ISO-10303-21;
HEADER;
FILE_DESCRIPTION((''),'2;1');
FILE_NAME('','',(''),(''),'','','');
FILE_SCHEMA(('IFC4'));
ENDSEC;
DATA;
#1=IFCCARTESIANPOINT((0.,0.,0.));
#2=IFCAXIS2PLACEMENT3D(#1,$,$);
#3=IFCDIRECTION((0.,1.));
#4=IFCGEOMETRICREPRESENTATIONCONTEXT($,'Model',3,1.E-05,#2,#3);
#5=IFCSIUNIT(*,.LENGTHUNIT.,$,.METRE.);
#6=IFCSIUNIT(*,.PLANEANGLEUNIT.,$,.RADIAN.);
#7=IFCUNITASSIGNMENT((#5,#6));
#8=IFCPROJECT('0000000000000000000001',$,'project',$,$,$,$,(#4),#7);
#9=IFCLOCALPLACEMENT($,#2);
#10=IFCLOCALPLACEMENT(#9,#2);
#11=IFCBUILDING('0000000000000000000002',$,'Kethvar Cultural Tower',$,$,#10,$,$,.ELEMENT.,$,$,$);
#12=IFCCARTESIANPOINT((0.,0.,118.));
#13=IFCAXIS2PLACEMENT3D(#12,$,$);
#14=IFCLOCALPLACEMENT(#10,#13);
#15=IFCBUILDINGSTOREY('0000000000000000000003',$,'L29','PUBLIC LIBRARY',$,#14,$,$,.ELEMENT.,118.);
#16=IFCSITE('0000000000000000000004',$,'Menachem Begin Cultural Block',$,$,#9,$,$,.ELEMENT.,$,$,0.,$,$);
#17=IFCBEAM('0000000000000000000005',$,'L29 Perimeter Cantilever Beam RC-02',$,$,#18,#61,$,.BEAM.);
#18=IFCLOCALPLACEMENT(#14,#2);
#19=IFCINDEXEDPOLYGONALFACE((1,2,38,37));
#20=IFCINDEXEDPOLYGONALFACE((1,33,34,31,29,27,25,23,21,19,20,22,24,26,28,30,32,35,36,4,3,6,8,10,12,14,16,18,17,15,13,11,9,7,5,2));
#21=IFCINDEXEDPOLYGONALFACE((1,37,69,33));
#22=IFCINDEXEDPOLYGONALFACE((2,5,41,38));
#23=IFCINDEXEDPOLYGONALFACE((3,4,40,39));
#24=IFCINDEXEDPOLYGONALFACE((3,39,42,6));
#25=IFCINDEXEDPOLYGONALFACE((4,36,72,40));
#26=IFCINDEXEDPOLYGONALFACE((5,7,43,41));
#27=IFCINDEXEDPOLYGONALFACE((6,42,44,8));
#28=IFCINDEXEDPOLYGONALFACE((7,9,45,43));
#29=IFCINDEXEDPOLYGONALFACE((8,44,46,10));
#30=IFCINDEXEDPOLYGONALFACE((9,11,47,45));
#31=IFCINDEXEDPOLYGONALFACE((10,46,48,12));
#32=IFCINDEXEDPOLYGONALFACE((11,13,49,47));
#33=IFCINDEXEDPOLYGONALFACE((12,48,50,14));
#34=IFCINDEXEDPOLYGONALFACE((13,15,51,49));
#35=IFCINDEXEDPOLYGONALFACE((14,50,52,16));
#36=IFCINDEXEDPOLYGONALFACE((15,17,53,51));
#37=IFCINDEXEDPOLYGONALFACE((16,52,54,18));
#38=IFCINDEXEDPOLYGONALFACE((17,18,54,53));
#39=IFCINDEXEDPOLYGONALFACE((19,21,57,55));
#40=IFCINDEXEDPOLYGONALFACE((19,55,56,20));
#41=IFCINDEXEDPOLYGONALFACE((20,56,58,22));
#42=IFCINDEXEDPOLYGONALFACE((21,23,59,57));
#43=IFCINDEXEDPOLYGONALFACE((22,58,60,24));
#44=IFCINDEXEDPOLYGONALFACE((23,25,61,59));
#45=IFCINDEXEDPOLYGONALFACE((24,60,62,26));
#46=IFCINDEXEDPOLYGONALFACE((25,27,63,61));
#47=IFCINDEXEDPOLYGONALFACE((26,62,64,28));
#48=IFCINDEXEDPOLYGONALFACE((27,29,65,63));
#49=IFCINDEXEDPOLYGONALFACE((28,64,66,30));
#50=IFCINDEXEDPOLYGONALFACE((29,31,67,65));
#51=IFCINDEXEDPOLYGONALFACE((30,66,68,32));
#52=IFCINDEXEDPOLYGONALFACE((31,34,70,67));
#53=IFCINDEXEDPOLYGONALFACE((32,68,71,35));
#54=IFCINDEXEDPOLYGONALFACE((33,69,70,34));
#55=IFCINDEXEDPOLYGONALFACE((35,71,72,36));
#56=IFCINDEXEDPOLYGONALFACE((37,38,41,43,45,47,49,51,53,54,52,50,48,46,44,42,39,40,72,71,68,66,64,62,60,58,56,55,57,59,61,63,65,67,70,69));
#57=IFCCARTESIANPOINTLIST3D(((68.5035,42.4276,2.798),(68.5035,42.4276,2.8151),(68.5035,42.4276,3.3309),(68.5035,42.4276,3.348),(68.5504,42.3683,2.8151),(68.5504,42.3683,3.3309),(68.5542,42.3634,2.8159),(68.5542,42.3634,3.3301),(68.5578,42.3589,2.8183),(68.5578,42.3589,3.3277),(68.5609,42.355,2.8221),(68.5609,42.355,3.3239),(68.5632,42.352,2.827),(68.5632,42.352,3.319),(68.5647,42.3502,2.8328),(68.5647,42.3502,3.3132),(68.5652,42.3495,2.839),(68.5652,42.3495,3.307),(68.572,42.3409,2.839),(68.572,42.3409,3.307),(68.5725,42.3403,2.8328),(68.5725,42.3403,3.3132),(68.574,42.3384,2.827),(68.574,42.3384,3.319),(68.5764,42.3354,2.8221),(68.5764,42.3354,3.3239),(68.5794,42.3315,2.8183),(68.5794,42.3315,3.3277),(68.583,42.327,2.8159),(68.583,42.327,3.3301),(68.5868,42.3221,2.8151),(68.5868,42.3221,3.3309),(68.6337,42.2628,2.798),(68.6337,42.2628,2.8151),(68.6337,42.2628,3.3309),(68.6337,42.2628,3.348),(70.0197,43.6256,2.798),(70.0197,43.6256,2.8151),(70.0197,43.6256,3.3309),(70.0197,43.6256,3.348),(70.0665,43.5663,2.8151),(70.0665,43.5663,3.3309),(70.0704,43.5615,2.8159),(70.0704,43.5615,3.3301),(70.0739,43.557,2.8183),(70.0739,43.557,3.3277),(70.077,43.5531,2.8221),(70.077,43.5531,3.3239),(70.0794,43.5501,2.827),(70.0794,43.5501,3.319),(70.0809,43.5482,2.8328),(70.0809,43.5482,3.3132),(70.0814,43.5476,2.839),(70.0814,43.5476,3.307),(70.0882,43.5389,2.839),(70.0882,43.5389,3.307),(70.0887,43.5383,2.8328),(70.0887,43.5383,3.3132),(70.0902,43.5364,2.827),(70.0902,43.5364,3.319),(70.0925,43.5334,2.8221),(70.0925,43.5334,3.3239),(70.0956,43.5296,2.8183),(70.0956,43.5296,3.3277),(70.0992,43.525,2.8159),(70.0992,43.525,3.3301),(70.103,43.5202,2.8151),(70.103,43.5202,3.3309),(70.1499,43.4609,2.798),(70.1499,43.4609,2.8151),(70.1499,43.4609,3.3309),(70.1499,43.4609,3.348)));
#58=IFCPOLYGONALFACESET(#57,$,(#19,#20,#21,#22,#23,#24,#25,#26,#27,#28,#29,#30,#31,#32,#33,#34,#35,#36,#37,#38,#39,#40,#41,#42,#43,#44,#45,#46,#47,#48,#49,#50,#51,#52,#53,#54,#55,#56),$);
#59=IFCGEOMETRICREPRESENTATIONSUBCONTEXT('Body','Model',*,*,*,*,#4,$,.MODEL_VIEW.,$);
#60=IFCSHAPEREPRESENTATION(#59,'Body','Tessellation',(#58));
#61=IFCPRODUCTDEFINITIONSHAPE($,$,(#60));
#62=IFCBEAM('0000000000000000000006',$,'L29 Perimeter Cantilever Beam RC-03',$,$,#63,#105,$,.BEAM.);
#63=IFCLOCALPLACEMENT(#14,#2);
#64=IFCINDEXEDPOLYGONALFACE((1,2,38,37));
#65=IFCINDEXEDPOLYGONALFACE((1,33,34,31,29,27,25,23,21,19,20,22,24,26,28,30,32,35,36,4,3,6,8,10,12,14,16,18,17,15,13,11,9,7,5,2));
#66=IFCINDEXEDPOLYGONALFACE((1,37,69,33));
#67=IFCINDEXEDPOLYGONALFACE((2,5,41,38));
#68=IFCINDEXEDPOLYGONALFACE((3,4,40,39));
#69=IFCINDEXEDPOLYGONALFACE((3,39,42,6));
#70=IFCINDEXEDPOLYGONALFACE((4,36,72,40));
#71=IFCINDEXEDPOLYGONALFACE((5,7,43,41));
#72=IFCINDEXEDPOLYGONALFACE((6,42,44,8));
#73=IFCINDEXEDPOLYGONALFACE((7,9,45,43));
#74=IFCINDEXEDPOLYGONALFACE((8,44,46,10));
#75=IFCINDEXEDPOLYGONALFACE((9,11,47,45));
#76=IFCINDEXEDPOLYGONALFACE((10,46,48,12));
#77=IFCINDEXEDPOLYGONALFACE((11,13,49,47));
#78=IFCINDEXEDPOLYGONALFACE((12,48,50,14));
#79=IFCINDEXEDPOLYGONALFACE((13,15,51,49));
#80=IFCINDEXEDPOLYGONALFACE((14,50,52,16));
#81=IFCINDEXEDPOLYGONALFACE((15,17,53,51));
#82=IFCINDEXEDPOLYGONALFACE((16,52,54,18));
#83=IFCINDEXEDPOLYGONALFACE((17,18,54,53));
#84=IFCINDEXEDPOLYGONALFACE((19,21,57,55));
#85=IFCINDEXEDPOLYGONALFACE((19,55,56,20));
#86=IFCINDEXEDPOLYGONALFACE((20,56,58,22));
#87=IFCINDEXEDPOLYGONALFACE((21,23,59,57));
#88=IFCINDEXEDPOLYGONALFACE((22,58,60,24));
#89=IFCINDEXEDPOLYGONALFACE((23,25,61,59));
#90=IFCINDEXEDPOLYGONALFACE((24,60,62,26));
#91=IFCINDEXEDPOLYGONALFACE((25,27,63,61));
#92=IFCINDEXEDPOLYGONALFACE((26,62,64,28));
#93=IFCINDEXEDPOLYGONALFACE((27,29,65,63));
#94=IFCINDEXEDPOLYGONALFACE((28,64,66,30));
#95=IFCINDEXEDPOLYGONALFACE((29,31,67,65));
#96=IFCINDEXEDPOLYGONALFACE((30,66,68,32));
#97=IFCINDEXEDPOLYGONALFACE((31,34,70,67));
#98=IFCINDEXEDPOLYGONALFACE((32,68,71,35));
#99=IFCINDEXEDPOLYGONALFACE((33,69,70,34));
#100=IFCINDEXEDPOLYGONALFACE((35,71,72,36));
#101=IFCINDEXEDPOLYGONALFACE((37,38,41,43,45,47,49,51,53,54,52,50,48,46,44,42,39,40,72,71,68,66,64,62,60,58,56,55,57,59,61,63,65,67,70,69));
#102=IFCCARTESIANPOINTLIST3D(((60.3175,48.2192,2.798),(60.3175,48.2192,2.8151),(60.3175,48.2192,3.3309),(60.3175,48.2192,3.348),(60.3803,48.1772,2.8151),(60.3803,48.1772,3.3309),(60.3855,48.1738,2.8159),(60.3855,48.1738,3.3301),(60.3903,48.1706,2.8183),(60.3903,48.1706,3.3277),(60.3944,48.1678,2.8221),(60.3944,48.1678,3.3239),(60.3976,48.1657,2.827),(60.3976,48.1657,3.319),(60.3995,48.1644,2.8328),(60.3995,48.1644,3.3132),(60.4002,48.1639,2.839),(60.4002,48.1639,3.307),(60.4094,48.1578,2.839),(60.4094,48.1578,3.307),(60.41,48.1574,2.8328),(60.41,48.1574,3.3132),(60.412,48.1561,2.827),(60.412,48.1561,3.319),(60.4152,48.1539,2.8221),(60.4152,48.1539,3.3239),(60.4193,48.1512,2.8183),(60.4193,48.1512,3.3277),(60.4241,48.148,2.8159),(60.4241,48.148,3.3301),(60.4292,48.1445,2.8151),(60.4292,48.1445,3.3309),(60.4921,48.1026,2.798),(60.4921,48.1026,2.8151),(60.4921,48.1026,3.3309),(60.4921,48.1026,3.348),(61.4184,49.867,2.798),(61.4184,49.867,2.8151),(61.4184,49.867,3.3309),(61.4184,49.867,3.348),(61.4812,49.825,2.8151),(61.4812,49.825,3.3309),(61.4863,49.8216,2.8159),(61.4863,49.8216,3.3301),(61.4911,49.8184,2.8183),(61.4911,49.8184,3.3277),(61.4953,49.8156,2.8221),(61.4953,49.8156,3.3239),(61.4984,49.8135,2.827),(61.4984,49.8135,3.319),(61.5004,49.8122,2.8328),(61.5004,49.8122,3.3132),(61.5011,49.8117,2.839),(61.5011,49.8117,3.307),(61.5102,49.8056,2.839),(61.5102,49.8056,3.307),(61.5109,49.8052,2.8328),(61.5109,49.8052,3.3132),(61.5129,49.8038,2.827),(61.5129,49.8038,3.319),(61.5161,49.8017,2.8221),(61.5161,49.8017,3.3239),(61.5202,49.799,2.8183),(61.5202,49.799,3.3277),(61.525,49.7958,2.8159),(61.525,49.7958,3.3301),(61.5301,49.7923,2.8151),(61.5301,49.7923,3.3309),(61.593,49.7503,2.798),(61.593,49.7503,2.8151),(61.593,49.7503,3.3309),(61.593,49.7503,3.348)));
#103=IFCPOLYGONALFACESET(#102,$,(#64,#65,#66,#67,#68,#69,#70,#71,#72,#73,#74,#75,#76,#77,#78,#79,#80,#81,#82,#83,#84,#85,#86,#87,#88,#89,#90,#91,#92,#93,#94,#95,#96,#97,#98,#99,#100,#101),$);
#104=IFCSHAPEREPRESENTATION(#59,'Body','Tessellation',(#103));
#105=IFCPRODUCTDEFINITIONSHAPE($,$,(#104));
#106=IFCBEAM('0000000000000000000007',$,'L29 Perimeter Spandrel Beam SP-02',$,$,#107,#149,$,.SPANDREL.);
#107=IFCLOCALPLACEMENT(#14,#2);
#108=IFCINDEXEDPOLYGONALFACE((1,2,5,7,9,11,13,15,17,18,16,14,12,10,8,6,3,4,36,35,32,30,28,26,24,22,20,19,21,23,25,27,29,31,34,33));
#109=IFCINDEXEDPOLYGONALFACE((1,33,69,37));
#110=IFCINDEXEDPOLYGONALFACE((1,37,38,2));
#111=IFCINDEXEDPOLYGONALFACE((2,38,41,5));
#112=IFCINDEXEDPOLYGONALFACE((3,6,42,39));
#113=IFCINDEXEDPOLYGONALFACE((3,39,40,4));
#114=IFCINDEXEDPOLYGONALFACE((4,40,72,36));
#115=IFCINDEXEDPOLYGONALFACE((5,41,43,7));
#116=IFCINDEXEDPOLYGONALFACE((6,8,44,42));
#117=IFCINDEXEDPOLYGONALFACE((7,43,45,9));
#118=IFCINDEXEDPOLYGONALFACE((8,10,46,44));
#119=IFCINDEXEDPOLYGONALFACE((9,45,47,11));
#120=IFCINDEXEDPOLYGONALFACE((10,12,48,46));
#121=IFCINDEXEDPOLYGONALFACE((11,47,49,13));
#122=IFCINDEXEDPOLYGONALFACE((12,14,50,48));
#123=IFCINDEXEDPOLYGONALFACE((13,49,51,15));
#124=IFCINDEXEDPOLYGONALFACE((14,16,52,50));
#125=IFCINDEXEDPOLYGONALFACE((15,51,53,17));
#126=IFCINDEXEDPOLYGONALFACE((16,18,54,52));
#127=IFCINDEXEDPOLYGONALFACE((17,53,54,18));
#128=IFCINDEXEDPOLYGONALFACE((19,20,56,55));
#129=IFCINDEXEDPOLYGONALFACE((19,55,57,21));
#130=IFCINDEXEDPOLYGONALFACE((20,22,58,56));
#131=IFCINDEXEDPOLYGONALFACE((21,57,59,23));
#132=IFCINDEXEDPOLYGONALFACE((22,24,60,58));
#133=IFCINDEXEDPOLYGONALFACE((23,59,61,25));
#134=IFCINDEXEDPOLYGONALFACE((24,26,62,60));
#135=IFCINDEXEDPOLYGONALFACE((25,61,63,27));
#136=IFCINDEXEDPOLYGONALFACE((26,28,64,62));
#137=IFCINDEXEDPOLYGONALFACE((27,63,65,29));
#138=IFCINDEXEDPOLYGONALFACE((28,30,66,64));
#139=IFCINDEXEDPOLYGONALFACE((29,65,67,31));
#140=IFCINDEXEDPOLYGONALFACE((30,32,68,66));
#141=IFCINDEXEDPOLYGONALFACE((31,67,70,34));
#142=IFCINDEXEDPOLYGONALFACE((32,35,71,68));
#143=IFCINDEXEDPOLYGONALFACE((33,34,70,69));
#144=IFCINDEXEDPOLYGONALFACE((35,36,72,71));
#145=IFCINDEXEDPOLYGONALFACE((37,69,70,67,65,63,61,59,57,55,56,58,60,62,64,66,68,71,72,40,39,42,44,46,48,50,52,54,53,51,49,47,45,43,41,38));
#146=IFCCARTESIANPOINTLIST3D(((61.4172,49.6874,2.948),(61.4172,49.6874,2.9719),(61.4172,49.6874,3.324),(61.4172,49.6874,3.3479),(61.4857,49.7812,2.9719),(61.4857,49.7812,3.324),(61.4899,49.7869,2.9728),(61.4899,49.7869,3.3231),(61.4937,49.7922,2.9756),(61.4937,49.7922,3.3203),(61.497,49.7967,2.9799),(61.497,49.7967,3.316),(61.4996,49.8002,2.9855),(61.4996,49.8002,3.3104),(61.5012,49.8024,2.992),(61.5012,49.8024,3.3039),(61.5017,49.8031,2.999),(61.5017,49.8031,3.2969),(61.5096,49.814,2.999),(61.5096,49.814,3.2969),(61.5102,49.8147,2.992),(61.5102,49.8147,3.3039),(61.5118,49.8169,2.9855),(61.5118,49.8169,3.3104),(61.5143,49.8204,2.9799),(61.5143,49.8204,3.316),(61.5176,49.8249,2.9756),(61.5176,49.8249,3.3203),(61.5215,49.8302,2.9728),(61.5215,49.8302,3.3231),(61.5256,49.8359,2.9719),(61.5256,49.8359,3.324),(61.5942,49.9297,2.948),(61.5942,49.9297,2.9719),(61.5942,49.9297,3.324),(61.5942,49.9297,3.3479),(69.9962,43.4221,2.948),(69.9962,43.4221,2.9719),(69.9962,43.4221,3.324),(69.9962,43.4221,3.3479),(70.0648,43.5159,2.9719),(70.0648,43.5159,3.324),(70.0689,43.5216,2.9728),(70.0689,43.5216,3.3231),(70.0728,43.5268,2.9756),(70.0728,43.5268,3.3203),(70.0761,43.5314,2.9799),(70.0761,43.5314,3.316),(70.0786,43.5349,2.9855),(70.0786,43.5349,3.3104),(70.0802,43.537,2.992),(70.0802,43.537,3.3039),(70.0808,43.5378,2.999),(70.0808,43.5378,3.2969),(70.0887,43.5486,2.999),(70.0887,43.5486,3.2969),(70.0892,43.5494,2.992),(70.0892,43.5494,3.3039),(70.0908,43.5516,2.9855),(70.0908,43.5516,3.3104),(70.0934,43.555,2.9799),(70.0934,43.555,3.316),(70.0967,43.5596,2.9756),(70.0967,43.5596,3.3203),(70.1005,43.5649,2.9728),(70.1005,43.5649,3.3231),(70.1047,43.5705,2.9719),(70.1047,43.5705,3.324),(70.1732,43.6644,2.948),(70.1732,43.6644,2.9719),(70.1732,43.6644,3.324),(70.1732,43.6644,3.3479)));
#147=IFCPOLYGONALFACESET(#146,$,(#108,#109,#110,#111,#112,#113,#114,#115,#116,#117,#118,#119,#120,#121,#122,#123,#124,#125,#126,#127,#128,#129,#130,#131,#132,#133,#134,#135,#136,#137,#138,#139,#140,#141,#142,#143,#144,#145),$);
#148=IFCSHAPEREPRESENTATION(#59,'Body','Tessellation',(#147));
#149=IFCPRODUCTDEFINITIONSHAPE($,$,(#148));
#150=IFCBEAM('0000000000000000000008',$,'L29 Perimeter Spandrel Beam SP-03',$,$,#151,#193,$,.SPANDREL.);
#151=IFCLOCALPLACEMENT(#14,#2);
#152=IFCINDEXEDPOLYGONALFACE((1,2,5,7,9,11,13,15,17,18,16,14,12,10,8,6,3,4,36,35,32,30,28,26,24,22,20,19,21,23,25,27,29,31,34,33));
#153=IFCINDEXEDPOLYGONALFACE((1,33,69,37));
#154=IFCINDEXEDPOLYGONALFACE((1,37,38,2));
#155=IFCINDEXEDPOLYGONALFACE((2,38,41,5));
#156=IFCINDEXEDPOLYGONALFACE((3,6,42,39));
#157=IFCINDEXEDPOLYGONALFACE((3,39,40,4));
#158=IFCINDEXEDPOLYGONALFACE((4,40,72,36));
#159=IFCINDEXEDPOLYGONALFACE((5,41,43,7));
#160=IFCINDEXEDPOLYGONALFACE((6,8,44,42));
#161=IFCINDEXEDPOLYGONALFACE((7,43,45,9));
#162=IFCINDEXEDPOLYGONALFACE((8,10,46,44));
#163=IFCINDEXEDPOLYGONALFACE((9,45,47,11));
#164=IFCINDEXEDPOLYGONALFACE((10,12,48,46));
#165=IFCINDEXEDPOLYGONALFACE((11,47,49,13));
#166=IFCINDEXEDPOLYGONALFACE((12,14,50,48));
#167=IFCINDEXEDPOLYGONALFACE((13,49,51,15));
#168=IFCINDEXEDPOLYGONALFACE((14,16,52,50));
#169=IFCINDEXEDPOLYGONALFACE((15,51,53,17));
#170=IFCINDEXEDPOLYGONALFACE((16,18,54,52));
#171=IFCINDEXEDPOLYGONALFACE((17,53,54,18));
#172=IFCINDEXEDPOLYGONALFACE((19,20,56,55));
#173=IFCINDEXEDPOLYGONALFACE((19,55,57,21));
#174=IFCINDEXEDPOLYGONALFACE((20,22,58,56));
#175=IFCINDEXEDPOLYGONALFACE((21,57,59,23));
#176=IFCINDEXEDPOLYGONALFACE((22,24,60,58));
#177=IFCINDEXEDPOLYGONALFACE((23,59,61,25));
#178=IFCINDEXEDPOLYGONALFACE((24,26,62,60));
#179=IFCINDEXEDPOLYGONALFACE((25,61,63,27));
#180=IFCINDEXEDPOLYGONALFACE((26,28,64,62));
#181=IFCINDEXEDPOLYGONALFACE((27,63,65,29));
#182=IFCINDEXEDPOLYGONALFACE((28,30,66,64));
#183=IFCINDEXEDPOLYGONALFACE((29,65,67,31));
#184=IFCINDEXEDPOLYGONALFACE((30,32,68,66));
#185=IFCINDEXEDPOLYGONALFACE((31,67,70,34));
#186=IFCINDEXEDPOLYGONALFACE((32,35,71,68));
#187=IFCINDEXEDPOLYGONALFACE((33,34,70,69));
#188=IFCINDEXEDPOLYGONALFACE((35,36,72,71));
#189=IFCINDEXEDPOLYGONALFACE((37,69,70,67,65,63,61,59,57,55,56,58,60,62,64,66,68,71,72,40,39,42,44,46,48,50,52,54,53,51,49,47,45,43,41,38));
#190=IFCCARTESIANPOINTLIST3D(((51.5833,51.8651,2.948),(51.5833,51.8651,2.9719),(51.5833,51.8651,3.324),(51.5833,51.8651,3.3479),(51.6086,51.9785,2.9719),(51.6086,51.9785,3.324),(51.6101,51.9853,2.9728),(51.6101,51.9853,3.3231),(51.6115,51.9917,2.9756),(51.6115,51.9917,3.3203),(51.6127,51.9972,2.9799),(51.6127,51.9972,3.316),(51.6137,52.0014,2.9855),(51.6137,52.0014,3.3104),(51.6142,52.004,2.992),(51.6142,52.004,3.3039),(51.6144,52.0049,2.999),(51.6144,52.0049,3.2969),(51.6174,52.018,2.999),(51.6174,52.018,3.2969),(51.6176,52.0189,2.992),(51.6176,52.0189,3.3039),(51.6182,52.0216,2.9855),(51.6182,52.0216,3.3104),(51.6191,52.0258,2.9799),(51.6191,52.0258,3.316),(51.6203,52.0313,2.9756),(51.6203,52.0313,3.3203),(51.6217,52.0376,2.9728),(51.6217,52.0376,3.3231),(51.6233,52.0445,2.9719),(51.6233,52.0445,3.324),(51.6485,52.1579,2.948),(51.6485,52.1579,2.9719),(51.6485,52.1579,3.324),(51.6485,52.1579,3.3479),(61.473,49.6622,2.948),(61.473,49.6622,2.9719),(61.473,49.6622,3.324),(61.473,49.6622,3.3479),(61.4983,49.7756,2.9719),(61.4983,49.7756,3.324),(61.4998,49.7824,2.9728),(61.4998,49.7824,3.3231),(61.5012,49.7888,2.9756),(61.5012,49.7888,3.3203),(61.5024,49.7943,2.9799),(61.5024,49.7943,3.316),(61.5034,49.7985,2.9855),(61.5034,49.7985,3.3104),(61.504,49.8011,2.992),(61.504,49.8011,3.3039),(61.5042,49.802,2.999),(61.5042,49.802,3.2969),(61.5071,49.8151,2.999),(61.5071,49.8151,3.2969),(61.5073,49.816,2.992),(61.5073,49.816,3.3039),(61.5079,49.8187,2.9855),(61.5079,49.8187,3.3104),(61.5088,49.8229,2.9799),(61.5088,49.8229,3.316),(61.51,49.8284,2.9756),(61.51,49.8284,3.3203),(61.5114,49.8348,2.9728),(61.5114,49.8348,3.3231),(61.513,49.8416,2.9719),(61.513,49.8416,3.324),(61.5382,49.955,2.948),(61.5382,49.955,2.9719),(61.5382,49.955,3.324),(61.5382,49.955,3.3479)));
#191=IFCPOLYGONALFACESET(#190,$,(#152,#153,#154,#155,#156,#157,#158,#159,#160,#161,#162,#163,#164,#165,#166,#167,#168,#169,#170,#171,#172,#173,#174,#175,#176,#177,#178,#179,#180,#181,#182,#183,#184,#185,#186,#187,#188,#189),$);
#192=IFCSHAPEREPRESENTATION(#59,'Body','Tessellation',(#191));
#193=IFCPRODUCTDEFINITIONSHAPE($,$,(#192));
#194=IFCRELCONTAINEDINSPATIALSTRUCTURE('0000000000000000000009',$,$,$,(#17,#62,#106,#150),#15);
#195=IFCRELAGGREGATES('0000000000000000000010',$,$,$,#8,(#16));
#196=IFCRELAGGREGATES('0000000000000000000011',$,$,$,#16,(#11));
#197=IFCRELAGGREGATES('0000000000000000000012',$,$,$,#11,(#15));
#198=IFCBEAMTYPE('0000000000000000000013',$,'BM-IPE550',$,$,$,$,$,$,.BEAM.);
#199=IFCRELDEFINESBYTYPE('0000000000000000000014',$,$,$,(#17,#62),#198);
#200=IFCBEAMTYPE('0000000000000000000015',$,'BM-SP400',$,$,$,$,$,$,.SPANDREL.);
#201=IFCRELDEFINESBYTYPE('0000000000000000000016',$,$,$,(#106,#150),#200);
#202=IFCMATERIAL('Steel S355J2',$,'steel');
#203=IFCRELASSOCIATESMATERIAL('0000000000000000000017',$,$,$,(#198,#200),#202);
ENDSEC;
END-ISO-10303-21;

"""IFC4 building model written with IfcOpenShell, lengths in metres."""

from ifc_helpers import new_model, si_unit, direction, frame, origin, origin_2d, place, context, subcontext, project, spatial, i_section, extrude, source, transform, mapped, material, material_profile, profile_set, type_object, element, save


model = new_model("IFC4")

# Units and contexts
model_context = context("Model", 3, precision=1e-05, world=origin(), true_north=direction((0.0, 1.0)))
body_context = subcontext(model_context, "Body", "Model", "MODEL_VIEW")
ifc_project = project(units=[si_unit("LENGTHUNIT", "METRE"), si_unit("PLANEANGLEUNIT", "RADIAN")], contexts=[model_context])

# Site, building, storey
site_placement = place(None, origin())
site = spatial("IfcSite", under=ifc_project, at=site_placement, Name="Menachem Begin Cultural Block", CompositionType="ELEMENT", RefElevation=0.0)
building_placement = place(site_placement, origin())
building = spatial("IfcBuilding", under=site, at=building_placement, Name="Kethvar Cultural Tower", CompositionType="ELEMENT")
storey_placement = place(building_placement, frame((0.0, 0.0, 118.0)))
storey = spatial("IfcBuildingStorey", under=building, at=storey_placement, Name="L29", Description="PUBLIC LIBRARY", CompositionType="ELEMENT", Elevation=118.0)

# Beams
ifc_material_1 = material(Name="Steel S355J2", Category="steel")
ifc_material_profile_1 = material_profile(ifc_material_1, i_section(OverallWidth=0.21, OverallDepth=0.55, WebThickness=0.011, FlangeThickness=0.0171, FilletRadius=0.0239, at=origin_2d()), Name="Steel S355J2 — IPE550")
ifc_profile_set_1 = profile_set([ifc_material_profile_1], Name="Steel S355J2 — IPE550")
beam_type_1 = type_object("IfcBeamType", Name="BM-IPE550", PredefinedType="BEAM", material=ifc_profile_set_1)
shared_shape_1 = source(origin(), body_context, "Body", "SweptSolid", [
    extrude(i_section(OverallWidth=0.21, OverallDepth=0.55, WebThickness=0.011, FlangeThickness=0.0171, FilletRadius=0.0239, at=origin_2d()), origin(), (0.0, 0.0, 1.0), 1.9324),
])
beam_1_placement = place(storey_placement, frame((68.5686, 42.3452, 3.073), z_axis=(0.784614, 0.619984, 0.0), x_axis=(-0.619984, 0.784614, 0.0)))
element("IfcBeam", 1, at=beam_1_placement, inside=storey, type_object=beam_type_1, Name="L29 Perimeter Cantilever Beam RC-02", PredefinedType="BEAM", context=body_context, shape_type="MappedRepresentation", body=[
    mapped(shared_shape_1, transform((0.0, 0.0, 0.0), scale=1.0)),
])
shared_shape_2 = source(origin(), body_context, "Body", "SweptSolid", [
    extrude(i_section(OverallWidth=0.21, OverallDepth=0.55, WebThickness=0.011, FlangeThickness=0.0171, FilletRadius=0.0239, at=origin_2d()), origin(), (0.0, 0.0, 1.0), 1.9817),
])
beam_2_placement = place(storey_placement, frame((60.4048, 48.1609, 3.073), z_axis=(0.555524, 0.8315, 0.0), x_axis=(-0.8315, 0.555524, 0.0)))
element("IfcBeam", 2, at=beam_2_placement, inside=storey, type_object=beam_type_1, Name="L29 Perimeter Cantilever Beam RC-03", PredefinedType="BEAM", context=body_context, shape_type="MappedRepresentation", body=[
    mapped(shared_shape_2, transform((0.0, 0.0, 0.0), scale=1.0)),
])
ifc_material_profile_2 = material_profile(ifc_material_1, i_section(OverallWidth=0.3, OverallDepth=0.3999, WebThickness=0.0134, FlangeThickness=0.0239, FilletRadius=0.0271, at=origin_2d()), Name="Steel S355J2 — HEB400")
ifc_profile_set_2 = profile_set([ifc_material_profile_2], Name="Steel S355J2 — HEB400")
beam_type_2 = type_object("IfcBeamType", Name="BM-SP400", PredefinedType="SPANDREL", material=ifc_profile_set_2)
shared_shape_3 = source(origin(), body_context, "Body", "SweptSolid", [
    extrude(i_section(OverallWidth=0.3, OverallDepth=0.3999, WebThickness=0.0134, FlangeThickness=0.0239, FilletRadius=0.0271, at=origin_2d()), origin(), (0.0, 0.0, 1.0), 10.6233),
])
beam_3_placement = place(storey_placement, frame((70.0847, 43.5432, 3.1479), z_axis=(-0.807569, 0.589773, 0.0), x_axis=(-0.589773, -0.807569, 0.0)))
element("IfcBeam", 3, at=beam_3_placement, inside=storey, type_object=beam_type_2, Name="L29 Perimeter Spandrel Beam SP-02", PredefinedType="SPANDREL", context=body_context, shape_type="MappedRepresentation", body=[
    mapped(shared_shape_3, transform((0.0, 0.0, 0.0), scale=1.0)),
])
shared_shape_4 = source(origin(), body_context, "Body", "SweptSolid", [
    extrude(i_section(OverallWidth=0.3, OverallDepth=0.3999, WebThickness=0.0134, FlangeThickness=0.0239, FilletRadius=0.0271, at=origin_2d()), origin(), (0.0, 0.0, 1.0), 10.1321),
])
beam_4_placement = place(storey_placement, frame((61.5056, 49.8086, 3.1479), z_axis=(-0.976079, 0.217418, 0.0), x_axis=(-0.217418, -0.976079, 0.0)))
element("IfcBeam", 4, at=beam_4_placement, inside=storey, type_object=beam_type_2, Name="L29 Perimeter Spandrel Beam SP-03", PredefinedType="SPANDREL", context=body_context, shape_type="MappedRepresentation", body=[
    mapped(shared_shape_4, transform((0.0, 0.0, 0.0), scale=1.0)),
])

save(model, "model.ifc")
